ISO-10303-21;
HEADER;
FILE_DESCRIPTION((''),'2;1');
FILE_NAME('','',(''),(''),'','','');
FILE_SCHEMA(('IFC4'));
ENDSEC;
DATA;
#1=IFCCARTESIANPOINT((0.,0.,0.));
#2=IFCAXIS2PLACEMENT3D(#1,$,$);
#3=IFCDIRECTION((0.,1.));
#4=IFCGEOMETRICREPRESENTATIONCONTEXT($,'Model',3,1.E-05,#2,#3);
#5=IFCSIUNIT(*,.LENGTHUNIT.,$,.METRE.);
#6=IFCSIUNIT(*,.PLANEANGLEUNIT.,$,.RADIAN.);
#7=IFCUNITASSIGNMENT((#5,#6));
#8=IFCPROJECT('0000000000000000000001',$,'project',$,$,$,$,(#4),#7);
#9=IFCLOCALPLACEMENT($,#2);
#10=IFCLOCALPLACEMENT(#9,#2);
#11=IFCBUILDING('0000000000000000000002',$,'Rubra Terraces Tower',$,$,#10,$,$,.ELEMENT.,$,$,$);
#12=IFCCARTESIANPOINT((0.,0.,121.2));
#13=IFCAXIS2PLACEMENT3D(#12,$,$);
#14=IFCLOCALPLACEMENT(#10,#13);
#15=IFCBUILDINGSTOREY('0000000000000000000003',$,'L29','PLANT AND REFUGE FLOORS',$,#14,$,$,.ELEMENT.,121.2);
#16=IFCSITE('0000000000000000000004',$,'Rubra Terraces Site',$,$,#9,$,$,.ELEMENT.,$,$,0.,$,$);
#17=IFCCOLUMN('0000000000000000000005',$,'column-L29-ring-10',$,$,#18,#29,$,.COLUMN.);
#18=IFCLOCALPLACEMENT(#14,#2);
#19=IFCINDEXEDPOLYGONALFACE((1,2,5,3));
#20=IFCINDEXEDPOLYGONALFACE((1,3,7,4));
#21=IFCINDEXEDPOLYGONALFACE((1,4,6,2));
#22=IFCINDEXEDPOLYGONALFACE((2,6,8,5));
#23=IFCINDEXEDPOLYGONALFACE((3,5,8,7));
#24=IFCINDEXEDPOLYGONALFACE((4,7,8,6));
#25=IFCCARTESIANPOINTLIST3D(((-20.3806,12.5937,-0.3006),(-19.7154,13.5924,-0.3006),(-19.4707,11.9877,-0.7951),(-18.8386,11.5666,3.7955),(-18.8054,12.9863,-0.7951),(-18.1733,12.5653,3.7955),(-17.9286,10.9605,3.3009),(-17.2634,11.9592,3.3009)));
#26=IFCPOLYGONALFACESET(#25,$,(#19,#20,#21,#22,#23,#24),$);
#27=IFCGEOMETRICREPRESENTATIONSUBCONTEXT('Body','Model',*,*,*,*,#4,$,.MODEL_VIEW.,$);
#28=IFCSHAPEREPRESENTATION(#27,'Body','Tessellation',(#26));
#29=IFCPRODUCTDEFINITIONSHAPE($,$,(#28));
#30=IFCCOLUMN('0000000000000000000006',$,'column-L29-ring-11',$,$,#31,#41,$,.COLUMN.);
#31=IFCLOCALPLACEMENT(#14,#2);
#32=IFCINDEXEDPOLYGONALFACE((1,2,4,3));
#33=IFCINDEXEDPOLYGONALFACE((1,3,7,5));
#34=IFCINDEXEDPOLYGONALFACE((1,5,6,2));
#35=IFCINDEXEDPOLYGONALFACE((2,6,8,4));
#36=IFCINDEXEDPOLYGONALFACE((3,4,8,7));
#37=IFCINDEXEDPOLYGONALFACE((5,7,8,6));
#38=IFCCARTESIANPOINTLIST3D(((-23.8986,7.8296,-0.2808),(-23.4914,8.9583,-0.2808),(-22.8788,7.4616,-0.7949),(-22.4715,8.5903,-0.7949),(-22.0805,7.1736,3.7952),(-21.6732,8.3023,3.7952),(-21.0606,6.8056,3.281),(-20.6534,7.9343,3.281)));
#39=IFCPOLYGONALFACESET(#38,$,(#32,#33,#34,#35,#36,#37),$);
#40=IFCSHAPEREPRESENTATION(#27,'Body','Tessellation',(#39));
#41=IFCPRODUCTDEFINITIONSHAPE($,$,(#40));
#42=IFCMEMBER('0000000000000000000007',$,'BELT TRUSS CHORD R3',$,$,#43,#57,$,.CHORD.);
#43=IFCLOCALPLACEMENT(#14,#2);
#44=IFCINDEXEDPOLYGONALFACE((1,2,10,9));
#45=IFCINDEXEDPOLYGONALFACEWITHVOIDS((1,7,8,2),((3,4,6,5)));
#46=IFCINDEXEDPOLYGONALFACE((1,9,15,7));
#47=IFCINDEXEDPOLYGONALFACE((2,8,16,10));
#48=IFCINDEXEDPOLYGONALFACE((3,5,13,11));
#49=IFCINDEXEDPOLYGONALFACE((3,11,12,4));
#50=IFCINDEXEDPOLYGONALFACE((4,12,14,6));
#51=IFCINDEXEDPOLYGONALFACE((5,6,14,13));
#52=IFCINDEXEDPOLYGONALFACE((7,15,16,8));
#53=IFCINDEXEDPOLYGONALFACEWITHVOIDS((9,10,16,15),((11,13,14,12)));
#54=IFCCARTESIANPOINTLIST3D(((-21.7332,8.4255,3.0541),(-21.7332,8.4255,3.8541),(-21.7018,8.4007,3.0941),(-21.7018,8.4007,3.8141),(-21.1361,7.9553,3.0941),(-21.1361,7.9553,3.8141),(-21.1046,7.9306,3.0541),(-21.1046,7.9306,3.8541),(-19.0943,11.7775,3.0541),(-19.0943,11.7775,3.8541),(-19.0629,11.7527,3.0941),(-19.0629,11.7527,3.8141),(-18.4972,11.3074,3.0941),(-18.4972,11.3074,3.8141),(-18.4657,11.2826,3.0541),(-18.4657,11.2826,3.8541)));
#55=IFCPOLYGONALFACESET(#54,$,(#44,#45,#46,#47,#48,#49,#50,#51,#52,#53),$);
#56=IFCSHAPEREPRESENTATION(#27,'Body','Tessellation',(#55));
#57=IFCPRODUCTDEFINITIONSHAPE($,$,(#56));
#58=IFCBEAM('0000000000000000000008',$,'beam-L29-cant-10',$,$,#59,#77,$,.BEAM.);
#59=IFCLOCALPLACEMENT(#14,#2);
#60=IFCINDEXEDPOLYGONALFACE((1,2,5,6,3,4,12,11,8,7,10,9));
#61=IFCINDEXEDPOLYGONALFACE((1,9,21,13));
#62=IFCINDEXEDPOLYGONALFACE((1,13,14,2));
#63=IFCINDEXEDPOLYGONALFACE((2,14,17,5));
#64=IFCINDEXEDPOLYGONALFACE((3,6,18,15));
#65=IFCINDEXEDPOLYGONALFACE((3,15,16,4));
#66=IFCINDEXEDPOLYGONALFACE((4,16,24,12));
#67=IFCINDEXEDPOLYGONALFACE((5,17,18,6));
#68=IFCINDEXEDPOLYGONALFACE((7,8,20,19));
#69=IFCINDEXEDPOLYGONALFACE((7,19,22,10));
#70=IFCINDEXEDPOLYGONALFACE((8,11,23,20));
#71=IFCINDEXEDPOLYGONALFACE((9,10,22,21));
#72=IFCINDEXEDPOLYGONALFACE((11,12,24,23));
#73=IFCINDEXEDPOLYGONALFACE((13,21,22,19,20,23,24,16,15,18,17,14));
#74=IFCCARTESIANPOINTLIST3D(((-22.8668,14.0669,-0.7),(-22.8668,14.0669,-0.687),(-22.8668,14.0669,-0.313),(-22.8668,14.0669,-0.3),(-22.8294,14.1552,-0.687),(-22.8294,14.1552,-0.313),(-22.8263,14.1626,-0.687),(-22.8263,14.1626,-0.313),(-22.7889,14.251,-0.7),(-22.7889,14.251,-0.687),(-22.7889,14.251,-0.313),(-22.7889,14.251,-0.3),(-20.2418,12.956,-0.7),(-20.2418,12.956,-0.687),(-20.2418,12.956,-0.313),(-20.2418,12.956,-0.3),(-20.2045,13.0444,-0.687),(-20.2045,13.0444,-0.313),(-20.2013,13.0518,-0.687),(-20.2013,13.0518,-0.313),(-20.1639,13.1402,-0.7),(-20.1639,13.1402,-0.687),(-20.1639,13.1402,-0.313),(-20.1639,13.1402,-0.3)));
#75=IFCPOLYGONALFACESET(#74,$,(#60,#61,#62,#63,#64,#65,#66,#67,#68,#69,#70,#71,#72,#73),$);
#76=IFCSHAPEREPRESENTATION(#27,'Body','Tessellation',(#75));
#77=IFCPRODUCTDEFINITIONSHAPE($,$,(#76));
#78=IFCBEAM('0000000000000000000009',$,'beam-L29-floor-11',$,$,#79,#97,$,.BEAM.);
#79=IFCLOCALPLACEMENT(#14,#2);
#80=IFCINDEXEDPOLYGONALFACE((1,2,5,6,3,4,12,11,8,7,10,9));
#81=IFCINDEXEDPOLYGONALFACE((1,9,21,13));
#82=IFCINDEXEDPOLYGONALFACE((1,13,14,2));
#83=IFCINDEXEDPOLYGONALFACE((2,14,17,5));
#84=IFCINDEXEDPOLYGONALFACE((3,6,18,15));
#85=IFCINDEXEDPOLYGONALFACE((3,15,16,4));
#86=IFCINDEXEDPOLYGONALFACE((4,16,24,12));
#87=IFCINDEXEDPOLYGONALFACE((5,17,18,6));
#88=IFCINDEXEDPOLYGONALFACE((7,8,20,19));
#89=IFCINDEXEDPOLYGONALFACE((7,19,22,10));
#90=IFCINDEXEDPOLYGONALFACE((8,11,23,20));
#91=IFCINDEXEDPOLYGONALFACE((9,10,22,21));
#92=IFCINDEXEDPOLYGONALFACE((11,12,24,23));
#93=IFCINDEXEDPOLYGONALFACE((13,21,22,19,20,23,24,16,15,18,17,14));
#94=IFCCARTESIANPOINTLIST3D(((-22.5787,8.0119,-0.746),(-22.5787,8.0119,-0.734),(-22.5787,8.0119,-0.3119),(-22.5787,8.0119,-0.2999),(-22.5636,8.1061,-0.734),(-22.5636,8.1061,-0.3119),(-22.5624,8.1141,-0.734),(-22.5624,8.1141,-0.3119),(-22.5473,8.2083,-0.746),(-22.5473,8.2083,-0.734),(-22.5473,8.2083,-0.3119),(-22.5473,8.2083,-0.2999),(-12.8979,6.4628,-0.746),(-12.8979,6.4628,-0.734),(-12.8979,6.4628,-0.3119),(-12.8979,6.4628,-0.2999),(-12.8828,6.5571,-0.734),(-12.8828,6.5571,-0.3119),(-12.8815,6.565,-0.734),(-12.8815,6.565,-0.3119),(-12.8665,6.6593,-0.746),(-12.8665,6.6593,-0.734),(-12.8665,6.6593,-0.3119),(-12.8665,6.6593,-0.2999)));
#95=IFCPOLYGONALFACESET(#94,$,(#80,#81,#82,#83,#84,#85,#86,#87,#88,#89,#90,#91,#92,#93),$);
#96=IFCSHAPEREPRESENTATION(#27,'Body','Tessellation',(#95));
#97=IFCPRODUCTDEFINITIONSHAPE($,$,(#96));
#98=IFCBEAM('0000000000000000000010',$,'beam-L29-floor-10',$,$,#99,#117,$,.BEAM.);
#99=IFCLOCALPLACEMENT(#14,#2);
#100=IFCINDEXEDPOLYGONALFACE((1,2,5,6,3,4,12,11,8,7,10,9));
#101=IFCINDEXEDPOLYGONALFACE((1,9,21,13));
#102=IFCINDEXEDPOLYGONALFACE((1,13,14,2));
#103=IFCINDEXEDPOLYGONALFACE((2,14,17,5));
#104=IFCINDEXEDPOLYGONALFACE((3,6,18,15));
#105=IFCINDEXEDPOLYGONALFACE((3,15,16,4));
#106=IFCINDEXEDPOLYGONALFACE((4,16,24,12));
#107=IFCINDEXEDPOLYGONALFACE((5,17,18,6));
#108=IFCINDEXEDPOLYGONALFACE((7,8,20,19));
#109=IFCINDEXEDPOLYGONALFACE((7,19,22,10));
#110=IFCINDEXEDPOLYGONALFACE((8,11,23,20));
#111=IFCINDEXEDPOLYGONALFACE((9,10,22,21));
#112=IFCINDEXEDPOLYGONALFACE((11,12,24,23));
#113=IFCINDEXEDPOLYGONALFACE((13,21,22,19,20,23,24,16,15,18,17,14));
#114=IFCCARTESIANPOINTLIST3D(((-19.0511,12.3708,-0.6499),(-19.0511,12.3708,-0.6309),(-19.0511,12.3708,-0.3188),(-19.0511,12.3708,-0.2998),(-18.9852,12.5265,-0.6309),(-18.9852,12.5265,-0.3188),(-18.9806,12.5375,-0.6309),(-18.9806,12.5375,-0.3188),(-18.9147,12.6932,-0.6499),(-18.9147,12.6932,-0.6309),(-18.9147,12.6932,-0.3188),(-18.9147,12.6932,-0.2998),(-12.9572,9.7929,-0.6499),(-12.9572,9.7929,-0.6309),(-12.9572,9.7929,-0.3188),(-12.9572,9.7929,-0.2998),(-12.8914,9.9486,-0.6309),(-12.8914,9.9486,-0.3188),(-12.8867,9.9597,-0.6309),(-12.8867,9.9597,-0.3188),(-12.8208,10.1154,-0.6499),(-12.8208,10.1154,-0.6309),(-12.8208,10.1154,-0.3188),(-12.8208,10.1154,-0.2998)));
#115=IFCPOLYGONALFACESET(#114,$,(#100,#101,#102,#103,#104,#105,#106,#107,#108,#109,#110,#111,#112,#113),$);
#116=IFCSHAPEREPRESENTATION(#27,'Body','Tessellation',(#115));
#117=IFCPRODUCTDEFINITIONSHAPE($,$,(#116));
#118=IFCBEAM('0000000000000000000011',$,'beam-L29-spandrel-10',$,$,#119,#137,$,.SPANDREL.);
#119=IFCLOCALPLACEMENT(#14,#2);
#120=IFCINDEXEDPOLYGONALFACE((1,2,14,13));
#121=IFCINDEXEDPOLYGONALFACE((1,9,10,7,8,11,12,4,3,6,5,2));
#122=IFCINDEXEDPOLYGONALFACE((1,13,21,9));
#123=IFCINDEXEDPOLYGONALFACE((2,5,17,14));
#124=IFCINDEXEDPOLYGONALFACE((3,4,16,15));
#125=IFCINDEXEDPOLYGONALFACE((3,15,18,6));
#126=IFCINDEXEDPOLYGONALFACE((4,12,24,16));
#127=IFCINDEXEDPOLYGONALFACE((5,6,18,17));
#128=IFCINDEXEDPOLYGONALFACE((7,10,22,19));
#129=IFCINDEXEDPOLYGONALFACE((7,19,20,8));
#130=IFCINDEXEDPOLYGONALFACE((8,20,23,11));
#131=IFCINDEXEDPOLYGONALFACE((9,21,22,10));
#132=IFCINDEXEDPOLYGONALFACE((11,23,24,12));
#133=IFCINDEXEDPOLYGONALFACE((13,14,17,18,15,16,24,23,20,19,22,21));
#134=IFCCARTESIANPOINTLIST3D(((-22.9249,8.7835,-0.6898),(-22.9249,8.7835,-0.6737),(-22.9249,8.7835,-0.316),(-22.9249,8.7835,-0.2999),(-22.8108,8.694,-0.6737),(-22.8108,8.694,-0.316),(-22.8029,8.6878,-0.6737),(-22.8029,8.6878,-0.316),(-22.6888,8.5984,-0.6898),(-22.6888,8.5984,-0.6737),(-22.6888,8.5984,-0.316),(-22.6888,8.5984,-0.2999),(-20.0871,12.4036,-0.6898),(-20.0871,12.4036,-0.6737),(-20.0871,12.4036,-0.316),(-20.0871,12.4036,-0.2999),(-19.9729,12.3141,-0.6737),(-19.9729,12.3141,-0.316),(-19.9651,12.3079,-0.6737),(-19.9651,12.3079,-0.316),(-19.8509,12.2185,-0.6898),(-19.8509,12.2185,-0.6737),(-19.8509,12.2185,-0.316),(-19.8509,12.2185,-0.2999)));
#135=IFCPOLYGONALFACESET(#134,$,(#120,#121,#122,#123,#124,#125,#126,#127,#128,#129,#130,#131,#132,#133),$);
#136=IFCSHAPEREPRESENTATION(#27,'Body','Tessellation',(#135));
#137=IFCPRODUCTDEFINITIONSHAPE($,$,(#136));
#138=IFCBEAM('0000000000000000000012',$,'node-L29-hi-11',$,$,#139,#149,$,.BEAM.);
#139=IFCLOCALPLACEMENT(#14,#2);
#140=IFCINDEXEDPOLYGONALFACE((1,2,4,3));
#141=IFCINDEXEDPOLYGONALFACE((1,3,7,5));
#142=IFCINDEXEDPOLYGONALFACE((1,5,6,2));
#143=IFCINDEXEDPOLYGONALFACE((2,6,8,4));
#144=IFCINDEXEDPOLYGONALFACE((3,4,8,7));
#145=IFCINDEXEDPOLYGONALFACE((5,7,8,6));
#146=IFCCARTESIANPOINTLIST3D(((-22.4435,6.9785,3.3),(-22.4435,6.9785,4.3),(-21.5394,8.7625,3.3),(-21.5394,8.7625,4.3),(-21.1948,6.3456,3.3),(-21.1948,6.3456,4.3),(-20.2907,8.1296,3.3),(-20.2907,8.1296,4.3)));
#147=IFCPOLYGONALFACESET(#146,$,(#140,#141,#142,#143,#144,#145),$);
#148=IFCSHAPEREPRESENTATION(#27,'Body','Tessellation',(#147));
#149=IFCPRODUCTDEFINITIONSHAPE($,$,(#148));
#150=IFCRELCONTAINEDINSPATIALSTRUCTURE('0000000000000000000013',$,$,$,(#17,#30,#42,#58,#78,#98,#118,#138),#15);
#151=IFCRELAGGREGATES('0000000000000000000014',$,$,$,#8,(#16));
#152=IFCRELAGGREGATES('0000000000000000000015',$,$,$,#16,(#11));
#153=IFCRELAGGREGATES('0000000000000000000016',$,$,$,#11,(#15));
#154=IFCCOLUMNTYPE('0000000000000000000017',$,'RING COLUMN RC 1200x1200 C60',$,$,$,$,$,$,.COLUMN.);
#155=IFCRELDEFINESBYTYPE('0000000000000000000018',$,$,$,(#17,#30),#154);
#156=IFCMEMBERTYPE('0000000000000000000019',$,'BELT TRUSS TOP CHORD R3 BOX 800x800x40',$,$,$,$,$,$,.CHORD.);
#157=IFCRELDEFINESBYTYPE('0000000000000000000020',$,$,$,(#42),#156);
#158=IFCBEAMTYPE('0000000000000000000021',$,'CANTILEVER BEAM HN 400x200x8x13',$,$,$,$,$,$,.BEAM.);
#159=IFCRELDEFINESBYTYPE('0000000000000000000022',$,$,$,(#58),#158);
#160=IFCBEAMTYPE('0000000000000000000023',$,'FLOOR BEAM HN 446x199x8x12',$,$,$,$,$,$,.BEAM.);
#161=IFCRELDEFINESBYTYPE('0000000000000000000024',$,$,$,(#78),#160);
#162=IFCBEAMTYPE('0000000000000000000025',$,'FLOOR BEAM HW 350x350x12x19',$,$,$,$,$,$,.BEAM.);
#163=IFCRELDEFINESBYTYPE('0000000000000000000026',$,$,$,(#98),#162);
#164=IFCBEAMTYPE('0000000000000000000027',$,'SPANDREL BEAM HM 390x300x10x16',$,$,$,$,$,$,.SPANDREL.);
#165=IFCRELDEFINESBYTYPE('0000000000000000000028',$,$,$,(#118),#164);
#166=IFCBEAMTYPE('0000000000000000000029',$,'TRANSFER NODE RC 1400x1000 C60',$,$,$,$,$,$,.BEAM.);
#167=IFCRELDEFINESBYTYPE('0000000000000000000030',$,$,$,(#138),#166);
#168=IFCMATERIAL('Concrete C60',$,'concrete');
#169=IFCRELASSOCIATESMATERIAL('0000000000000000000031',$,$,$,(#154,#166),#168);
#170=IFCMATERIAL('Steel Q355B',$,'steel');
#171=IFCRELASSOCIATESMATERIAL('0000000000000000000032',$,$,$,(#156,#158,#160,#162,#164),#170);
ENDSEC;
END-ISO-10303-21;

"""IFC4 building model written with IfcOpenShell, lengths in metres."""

from ifc_helpers import new_model, si_unit, direction, frame, origin, origin_2d, place, context, subcontext, project, spatial, rectangle, hollow_rectangle, i_section, extrude, material, material_profile, profile_set, type_object, element, save


model = new_model("IFC4")

# Units and contexts
model_context = context("Model", 3, precision=1e-05, world=origin(), true_north=direction((0.0, 1.0)))
body_context = subcontext(model_context, "Body", "Model", "MODEL_VIEW")
ifc_project = project(units=[si_unit("LENGTHUNIT", "METRE"), si_unit("PLANEANGLEUNIT", "RADIAN")], contexts=[model_context])

# Site, building, storey
site_placement = place(None, origin())
site = spatial("IfcSite", under=ifc_project, at=site_placement, Name="Rubra Terraces Site", CompositionType="ELEMENT", RefElevation=0.0)
building_placement = place(site_placement, origin())
building = spatial("IfcBuilding", under=site, at=building_placement, Name="Rubra Terraces Tower", CompositionType="ELEMENT")
storey_placement = place(building_placement, frame((0.0, 0.0, 121.2)))
storey = spatial("IfcBuildingStorey", under=building, at=storey_placement, Name="L29", Description="PLANT AND REFUGE FLOORS", CompositionType="ELEMENT", Elevation=121.2)

# Columns
ifc_material_1 = material(Name="Concrete C60", Category="concrete")
ifc_material_profile_1 = material_profile(ifc_material_1, rectangle(XDim=1.2, YDim=1.2, at=origin_2d()), Name="RC 1200x1200")
ifc_profile_set_1 = profile_set([ifc_material_profile_1], Name="Concrete C60")
column_type = type_object("IfcColumnType", Name="RING COLUMN RC 1200x1200 C60", PredefinedType="COLUMN", material=ifc_profile_set_1)
column_1_placement = place(storey_placement, frame((-19.593, 12.79, -0.5479), z_axis=(0.343008, -0.228473, 0.911123), x_axis=(0.554366, 0.832273, 0.0)))
element("IfcColumn", 1, at=column_1_placement, inside=storey, type_object=column_type, Name="column-L29-ring-10", PredefinedType="COLUMN", context=body_context, shape_type="SweptSolid", body=[
    extrude(rectangle(XDim=1.2, YDim=1.2, at=origin_2d()), origin(), (0.0, 0.0, 1.0), 4.4956),
])
column_2_placement = place(storey_placement, frame((-23.1851, 8.21, -0.5378), z_axis=(0.403041, -0.145424, 0.903554), x_axis=(0.339399, 0.940642, 0.0)))
element("IfcColumn", 2, at=column_2_placement, inside=storey, type_object=column_type, Name="column-L29-ring-11", PredefinedType="COLUMN", context=body_context, shape_type="SweptSolid", body=[
    extrude(rectangle(XDim=1.2, YDim=1.2, at=origin_2d()), origin(), (0.0, 0.0, 1.0), 4.511),
])

# Member
ifc_material_2 = material(Name="Steel Q355B", Category="steel")
ifc_material_profile_2 = material_profile(ifc_material_2, hollow_rectangle(XDim=0.8, YDim=0.8, WallThickness=0.04, at=origin_2d()), Name="BOX 800x800x40")
ifc_profile_set_2 = profile_set([ifc_material_profile_2], Name="Steel Q355B")
member_type = type_object("IfcMemberType", Name="BELT TRUSS TOP CHORD R3 BOX 800x800x40", PredefinedType="CHORD", material=ifc_profile_set_2)
member_placement = place(storey_placement, frame((-18.78, 11.53, 3.4541), z_axis=(-0.618569, -0.78573, 0.0), x_axis=(0.78573, -0.618569, 0.0)))
element("IfcMember", 3, at=member_placement, inside=storey, type_object=member_type, Name="BELT TRUSS CHORD R3", PredefinedType="CHORD", context=body_context, shape_type="SweptSolid", body=[
    extrude(hollow_rectangle(XDim=0.8, YDim=0.8, WallThickness=0.04, at=origin_2d()), origin(), (0.0, 0.0, 1.0), 4.2661),
])

# Beams
ifc_material_profile_3 = material_profile(ifc_material_2, i_section(OverallWidth=0.2, OverallDepth=0.3999, WebThickness=0.0081, FlangeThickness=0.0129, at=origin_2d()), Name="HN 400x200x8x13")
ifc_profile_set_3 = profile_set([ifc_material_profile_3], Name="Steel Q355B")
beam_type_1 = type_object("IfcBeamType", Name="CANTILEVER BEAM HN 400x200x8x13", PredefinedType="BEAM", material=ifc_profile_set_3)
beam_1_placement = place(storey_placement, frame((-20.2029, 13.0481, -0.5), z_axis=(-0.920934, 0.389718, 0.0), x_axis=(-0.389718, -0.920934, 0.0)))
element("IfcBeam", 4, at=beam_1_placement, inside=storey, type_object=beam_type_1, Name="beam-L29-cant-10", PredefinedType="BEAM", context=body_context, shape_type="SweptSolid", body=[
    extrude(i_section(OverallWidth=0.2, OverallDepth=0.3999, WebThickness=0.0081, FlangeThickness=0.0129, at=origin_2d()), origin(), (0.0, 0.0, 1.0), 2.8503),
])
ifc_material_profile_4 = material_profile(ifc_material_2, i_section(OverallWidth=0.199, OverallDepth=0.446, WebThickness=0.0081, FlangeThickness=0.012, at=origin_2d()), Name="HN 446x199x8x12")
ifc_profile_set_4 = profile_set([ifc_material_profile_4], Name="Steel Q355B")
beam_type_2 = type_object("IfcBeamType", Name="FLOOR BEAM HN 446x199x8x12", PredefinedType="BEAM", material=ifc_profile_set_4)
beam_2_placement = place(storey_placement, frame((-22.563, 8.1101, -0.5229), z_axis=(0.987439, -0.158003, 0.0), x_axis=(0.158003, 0.987439, 0.0)))
element("IfcBeam", 5, at=beam_2_placement, inside=storey, type_object=beam_type_2, Name="beam-L29-floor-11", PredefinedType="BEAM", context=body_context, shape_type="SweptSolid", body=[
    extrude(i_section(OverallWidth=0.199, OverallDepth=0.446, WebThickness=0.0081, FlangeThickness=0.012, at=origin_2d()), origin(), (0.0, 0.0, 1.0), 9.804),
])
ifc_material_profile_5 = material_profile(ifc_material_2, i_section(OverallWidth=0.3501, OverallDepth=0.3501, WebThickness=0.012, FlangeThickness=0.019, at=origin_2d()), Name="HW 350x350x12x19")
ifc_profile_set_5 = profile_set([ifc_material_profile_5], Name="Steel Q355B")
beam_type_3 = type_object("IfcBeamType", Name="FLOOR BEAM HW 350x350x12x19", PredefinedType="BEAM", material=ifc_profile_set_5)
beam_3_placement = place(storey_placement, frame((-18.9829, 12.532, -0.4749), z_axis=(0.920986, -0.389595, 0.0), x_axis=(0.389595, 0.920986, 0.0)))
element("IfcBeam", 6, at=beam_3_placement, inside=storey, type_object=beam_type_3, Name="beam-L29-floor-10", PredefinedType="BEAM", context=body_context, shape_type="SweptSolid", body=[
    extrude(i_section(OverallWidth=0.3501, OverallDepth=0.3501, WebThickness=0.012, FlangeThickness=0.019, at=origin_2d()), origin(), (0.0, 0.0, 1.0), 6.6167),
])
ifc_material_profile_6 = material_profile(ifc_material_2, i_section(OverallWidth=0.3, OverallDepth=0.3899, WebThickness=0.01, FlangeThickness=0.0161, at=origin_2d()), Name="HM 390x300x10x16")
ifc_profile_set_6 = profile_set([ifc_material_profile_6], Name="Steel Q355B")
beam_type_4 = type_object("IfcBeamType", Name="SPANDREL BEAM HM 390x300x10x16", PredefinedType="SPANDREL", material=ifc_profile_set_6)
beam_4_placement = place(storey_placement, frame((-19.969, 12.311, -0.4949), z_axis=(-0.616949, -0.787003, 0.0), x_axis=(0.787003, -0.616949, 0.0)))
element("IfcBeam", 7, at=beam_4_placement, inside=storey, type_object=beam_type_4, Name="beam-L29-spandrel-10", PredefinedType="SPANDREL", context=body_context, shape_type="SweptSolid", body=[
    extrude(i_section(OverallWidth=0.3, OverallDepth=0.3899, WebThickness=0.01, FlangeThickness=0.0161, at=origin_2d()), origin(), (0.0, 0.0, 1.0), 4.5999),
])
ifc_material_profile_7 = material_profile(ifc_material_1, rectangle(XDim=1.3999, YDim=1.0, at=origin_2d()), Name="RC 1400x1000")
ifc_profile_set_7 = profile_set([ifc_material_profile_7], Name="Concrete C60")
beam_type_5 = type_object("IfcBeamType", Name="TRANSFER NODE RC 1400x1000 C60", PredefinedType="BEAM", material=ifc_profile_set_7)
beam_5_placement = place(storey_placement, frame((-20.915, 8.446, 3.8), z_axis=(-0.452041, -0.891997, 0.0), x_axis=(0.891997, -0.452041, 0.0)))
element("IfcBeam", 8, at=beam_5_placement, inside=storey, type_object=beam_type_5, Name="node-L29-hi-11", PredefinedType="BEAM", context=body_context, shape_type="SweptSolid", body=[
    extrude(rectangle(XDim=1.3999, YDim=1.0, at=origin_2d()), origin(), (0.0, 0.0, 1.0), 2.0),
])

save(model, "model.ifc")
